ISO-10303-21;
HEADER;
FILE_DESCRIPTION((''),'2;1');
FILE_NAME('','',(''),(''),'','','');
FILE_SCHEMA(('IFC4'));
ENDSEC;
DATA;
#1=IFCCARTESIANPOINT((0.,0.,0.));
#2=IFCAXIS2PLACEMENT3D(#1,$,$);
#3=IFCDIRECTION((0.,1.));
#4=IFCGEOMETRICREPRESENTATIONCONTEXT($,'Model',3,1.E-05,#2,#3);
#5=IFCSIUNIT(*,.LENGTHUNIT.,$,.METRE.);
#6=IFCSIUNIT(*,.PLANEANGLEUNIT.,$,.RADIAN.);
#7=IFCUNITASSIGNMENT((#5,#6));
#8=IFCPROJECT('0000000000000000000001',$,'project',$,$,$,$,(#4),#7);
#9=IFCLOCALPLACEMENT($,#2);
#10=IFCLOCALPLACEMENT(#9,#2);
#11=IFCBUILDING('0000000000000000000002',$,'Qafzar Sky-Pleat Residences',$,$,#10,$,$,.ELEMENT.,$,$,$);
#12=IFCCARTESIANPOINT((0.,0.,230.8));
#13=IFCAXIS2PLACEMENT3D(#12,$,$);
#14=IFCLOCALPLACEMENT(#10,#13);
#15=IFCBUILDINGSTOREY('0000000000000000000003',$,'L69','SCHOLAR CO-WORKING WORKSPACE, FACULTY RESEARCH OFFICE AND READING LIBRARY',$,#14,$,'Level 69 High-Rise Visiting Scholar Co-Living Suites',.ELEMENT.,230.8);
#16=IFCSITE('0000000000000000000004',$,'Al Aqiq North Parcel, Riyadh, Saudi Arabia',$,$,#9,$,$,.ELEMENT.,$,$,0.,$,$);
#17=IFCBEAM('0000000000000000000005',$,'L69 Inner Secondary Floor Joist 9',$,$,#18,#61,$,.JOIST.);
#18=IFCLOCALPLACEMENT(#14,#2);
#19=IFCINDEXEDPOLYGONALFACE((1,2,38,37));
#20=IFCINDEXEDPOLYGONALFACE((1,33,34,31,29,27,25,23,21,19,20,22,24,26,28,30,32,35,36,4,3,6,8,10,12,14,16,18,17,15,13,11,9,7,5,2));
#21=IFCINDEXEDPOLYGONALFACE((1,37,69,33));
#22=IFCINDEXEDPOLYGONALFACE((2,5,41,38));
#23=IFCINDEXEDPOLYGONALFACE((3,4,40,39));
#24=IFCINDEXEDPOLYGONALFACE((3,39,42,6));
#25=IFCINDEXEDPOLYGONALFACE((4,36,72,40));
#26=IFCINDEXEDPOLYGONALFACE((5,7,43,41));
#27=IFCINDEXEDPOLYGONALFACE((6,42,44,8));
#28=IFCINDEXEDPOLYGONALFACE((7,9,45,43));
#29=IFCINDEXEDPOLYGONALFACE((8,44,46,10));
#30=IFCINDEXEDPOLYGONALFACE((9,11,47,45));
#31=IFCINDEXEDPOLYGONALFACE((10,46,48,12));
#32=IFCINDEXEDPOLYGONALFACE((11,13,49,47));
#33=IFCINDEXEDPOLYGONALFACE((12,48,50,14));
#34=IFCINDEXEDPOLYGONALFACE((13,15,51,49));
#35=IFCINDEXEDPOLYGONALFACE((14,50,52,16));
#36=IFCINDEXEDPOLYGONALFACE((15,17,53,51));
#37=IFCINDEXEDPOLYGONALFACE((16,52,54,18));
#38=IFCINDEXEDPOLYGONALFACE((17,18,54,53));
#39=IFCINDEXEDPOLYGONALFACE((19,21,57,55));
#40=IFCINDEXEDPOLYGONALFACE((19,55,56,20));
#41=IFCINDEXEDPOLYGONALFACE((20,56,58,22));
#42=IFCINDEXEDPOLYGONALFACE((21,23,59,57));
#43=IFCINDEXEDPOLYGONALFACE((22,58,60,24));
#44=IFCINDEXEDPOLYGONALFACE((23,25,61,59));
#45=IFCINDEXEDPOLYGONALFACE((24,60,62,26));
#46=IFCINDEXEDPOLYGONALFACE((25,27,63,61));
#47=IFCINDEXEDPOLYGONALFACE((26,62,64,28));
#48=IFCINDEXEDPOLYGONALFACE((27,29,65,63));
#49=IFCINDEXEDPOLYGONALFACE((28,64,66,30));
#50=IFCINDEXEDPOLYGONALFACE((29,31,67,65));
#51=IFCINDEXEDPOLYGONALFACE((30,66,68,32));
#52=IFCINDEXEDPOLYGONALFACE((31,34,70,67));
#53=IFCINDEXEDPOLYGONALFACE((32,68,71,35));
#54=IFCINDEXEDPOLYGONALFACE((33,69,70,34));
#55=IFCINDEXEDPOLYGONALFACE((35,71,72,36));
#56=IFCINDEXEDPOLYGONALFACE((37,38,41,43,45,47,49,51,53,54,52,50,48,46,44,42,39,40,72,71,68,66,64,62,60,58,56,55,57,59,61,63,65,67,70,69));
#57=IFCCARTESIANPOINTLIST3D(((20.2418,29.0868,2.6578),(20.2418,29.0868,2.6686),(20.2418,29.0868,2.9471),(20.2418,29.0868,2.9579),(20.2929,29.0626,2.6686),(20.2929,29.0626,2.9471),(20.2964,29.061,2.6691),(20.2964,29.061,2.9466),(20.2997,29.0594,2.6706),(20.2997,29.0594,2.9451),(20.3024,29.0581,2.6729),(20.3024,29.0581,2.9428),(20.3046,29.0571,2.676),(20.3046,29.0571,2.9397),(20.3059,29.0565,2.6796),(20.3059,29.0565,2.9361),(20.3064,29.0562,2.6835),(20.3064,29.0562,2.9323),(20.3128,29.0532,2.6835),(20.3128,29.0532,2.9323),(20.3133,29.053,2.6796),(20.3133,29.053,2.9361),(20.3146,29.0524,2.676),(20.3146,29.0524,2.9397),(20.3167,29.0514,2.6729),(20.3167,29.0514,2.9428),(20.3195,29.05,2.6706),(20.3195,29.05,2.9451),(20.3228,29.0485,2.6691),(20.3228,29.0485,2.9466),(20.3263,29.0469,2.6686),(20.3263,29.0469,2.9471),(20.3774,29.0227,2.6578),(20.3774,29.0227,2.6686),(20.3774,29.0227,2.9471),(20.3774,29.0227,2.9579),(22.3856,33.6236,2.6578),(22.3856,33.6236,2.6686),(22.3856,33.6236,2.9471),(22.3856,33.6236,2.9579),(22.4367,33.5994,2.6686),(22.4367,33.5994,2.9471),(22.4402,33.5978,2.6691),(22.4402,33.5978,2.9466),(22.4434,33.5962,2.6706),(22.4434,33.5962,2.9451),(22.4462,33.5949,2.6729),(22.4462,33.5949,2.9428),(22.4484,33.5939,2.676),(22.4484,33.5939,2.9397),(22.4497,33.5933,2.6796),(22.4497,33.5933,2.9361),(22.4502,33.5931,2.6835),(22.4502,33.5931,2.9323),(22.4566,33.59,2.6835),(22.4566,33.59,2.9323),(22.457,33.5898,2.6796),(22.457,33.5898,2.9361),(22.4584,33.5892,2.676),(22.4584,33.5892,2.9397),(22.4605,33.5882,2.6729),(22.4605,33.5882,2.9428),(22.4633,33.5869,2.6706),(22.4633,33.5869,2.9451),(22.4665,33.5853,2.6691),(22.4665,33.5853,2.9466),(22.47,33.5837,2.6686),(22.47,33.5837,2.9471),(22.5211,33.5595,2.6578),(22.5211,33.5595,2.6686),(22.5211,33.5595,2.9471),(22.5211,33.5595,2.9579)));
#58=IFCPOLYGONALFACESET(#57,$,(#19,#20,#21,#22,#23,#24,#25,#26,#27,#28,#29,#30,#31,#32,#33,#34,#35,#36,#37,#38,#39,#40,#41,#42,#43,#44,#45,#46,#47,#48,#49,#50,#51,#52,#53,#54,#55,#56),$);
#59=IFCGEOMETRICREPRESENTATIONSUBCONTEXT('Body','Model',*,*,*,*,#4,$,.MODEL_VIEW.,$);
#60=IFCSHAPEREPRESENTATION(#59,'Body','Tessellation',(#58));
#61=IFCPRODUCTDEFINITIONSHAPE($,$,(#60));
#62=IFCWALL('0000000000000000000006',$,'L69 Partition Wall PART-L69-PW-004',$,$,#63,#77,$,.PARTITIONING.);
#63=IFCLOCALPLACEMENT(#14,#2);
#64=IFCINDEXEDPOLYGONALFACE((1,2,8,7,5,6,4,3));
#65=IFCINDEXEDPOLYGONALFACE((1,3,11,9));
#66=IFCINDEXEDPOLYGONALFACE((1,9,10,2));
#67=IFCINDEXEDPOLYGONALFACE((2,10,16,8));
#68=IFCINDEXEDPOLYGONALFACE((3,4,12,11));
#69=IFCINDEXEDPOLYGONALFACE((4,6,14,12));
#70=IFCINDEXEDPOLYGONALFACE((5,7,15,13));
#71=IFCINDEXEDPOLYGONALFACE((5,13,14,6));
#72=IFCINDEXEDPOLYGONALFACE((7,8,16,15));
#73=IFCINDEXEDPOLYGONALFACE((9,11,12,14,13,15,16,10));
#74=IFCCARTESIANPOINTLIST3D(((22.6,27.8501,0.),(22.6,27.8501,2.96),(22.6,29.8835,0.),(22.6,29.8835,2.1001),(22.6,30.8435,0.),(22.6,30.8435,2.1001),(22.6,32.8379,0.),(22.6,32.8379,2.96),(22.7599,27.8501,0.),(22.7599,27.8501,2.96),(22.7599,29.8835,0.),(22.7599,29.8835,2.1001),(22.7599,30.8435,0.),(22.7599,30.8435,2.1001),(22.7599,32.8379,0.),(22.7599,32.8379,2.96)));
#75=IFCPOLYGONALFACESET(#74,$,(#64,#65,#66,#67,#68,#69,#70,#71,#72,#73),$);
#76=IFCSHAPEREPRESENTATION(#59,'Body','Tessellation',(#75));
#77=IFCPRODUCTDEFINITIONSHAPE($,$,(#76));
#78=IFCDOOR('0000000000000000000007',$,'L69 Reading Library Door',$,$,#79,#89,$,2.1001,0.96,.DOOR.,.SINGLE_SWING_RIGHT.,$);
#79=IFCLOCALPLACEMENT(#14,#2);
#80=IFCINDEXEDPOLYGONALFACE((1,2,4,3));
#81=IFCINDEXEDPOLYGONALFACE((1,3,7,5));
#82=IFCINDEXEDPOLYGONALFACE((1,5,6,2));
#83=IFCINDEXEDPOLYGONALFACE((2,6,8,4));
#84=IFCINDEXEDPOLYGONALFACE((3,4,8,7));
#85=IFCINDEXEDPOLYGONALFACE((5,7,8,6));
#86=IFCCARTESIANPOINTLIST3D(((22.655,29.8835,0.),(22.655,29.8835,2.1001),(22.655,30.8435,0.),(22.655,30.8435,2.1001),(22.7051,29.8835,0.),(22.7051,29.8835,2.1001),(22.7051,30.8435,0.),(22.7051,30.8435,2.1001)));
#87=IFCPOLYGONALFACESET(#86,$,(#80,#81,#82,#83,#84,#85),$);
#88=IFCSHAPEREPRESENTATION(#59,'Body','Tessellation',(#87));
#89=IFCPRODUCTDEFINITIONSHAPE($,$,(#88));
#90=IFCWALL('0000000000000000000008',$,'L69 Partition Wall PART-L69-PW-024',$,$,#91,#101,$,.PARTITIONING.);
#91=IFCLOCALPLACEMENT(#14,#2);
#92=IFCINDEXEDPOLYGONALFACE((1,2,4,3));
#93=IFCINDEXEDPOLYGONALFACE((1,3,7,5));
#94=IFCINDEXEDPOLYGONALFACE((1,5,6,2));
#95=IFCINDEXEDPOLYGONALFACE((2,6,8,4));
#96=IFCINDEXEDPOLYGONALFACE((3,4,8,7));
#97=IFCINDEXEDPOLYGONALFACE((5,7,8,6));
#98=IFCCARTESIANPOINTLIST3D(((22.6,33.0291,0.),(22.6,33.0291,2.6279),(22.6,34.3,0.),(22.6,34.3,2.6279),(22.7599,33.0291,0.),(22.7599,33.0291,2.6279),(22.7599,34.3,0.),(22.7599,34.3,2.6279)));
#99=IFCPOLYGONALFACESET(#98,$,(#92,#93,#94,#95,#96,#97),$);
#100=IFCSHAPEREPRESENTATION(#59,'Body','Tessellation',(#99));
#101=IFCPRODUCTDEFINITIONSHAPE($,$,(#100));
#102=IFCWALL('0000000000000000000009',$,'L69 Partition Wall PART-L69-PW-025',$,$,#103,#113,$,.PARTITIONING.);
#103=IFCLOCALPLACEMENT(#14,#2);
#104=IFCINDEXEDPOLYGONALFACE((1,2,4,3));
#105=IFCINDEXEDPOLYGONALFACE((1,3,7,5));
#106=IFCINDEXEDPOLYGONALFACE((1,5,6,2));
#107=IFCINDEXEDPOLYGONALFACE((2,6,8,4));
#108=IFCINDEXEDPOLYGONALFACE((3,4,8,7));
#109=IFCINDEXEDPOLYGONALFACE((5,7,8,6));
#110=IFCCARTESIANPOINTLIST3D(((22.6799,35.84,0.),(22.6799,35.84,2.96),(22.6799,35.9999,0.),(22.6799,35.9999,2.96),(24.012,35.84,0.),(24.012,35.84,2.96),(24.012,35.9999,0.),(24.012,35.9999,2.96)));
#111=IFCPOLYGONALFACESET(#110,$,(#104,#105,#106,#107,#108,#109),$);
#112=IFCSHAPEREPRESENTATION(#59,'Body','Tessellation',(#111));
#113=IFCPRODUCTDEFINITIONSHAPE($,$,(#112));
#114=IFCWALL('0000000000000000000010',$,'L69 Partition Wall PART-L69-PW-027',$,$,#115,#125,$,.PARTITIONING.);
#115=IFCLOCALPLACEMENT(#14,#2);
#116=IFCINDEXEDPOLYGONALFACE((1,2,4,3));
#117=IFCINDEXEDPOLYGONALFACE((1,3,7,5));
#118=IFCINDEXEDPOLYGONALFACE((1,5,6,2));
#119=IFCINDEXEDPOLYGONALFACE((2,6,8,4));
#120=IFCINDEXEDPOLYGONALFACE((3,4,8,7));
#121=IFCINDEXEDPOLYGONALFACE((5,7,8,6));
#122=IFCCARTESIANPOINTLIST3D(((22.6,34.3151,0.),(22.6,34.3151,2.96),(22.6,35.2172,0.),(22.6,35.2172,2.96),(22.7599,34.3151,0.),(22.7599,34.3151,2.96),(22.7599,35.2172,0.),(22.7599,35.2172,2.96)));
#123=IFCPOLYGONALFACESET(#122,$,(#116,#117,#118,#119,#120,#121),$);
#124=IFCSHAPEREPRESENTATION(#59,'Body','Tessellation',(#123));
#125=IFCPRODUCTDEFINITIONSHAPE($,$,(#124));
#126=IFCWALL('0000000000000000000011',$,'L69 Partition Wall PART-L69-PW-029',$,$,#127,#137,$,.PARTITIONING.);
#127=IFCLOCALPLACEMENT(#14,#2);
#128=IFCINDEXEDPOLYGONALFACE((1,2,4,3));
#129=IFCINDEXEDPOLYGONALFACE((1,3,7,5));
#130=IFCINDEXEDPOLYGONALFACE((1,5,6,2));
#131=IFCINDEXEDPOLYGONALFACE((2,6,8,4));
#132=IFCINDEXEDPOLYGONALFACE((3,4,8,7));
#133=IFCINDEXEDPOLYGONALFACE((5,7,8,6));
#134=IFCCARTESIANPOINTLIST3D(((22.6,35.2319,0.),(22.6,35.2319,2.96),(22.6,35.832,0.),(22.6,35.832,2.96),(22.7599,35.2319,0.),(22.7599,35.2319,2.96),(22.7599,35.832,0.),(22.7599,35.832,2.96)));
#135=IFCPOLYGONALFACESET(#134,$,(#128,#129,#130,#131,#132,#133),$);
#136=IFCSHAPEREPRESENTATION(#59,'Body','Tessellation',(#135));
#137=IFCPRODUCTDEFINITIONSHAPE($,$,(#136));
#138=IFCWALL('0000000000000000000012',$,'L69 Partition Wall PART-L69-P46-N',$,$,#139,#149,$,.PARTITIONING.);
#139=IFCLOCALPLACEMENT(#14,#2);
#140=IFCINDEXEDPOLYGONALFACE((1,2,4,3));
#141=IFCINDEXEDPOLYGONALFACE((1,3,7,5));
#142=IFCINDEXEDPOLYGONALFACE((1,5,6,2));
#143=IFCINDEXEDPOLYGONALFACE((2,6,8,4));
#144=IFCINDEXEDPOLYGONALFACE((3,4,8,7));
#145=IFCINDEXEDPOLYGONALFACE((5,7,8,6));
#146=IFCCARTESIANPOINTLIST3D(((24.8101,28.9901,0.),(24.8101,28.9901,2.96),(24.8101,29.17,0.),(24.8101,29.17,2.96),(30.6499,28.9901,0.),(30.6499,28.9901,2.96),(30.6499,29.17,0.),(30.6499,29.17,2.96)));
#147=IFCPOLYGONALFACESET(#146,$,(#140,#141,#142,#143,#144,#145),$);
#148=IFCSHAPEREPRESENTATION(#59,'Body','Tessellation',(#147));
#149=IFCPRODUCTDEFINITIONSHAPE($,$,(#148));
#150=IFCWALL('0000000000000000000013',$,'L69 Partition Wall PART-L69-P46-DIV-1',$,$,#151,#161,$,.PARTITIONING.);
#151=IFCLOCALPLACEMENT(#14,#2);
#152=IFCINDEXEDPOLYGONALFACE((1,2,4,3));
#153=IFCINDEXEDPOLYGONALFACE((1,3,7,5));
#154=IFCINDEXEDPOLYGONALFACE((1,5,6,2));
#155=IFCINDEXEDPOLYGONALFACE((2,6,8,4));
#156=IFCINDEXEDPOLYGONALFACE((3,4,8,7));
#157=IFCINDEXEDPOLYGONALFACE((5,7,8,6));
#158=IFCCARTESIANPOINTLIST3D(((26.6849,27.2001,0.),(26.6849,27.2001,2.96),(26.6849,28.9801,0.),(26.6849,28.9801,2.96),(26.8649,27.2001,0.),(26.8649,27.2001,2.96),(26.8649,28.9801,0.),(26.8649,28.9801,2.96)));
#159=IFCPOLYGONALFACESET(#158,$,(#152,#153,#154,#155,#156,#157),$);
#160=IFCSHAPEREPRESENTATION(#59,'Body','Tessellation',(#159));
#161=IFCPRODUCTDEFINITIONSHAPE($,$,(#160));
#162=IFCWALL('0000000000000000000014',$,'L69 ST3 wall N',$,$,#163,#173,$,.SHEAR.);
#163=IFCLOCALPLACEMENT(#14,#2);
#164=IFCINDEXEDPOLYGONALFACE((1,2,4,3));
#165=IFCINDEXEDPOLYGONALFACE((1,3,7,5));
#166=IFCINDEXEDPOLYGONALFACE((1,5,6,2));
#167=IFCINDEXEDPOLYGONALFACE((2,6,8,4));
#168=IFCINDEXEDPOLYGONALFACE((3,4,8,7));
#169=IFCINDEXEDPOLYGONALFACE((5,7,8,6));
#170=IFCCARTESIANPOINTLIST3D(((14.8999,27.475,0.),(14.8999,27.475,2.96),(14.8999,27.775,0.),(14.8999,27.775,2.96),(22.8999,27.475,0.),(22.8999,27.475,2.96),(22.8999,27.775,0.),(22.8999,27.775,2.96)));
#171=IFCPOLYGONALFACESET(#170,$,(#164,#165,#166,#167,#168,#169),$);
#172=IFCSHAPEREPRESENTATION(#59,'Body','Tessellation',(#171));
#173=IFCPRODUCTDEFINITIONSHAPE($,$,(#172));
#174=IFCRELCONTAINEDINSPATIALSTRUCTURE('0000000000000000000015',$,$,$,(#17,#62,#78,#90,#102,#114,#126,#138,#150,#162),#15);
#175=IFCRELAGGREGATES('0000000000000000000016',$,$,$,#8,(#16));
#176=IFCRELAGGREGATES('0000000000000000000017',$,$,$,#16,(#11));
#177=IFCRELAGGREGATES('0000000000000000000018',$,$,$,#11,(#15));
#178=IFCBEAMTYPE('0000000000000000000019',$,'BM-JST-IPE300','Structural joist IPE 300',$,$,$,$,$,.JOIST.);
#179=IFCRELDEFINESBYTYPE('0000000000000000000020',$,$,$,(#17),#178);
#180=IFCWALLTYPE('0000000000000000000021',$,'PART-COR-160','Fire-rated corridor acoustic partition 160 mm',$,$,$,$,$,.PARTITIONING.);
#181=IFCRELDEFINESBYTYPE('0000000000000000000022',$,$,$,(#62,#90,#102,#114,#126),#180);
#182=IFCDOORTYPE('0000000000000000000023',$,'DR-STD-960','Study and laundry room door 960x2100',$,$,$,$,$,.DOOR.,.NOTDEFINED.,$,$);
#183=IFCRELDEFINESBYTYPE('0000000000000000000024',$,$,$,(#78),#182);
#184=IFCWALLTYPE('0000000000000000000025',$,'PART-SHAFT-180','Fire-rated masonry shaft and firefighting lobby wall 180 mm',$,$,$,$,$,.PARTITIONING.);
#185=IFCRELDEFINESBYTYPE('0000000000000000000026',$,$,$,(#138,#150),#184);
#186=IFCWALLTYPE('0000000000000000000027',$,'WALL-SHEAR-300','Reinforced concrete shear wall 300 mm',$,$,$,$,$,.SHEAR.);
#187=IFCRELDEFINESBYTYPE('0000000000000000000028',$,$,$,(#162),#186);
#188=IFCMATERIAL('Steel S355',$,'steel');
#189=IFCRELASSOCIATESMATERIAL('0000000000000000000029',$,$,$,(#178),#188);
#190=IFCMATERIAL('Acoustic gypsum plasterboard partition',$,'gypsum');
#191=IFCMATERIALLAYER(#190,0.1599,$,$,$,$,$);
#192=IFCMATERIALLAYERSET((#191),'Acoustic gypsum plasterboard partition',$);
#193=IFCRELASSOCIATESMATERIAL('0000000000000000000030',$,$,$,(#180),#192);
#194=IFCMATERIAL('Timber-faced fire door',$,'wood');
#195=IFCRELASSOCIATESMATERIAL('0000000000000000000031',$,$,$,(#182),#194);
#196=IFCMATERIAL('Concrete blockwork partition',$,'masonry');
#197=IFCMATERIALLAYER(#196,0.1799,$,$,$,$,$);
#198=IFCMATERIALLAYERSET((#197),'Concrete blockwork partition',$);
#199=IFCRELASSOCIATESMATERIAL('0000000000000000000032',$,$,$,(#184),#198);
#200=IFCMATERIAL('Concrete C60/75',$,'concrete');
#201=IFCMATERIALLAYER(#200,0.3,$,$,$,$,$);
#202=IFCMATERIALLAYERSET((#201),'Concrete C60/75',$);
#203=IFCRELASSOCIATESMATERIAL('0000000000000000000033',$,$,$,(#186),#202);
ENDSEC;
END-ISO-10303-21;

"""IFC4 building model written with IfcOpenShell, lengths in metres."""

from ifc_helpers import new_model, si_unit, direction, frame, frame_2d, origin, origin_2d, place, context, subcontext, project, spatial, rectangle, i_section, extrude, source, transform, mapped, material, layer, layer_set, material_profile, profile_set, type_object, element, fill, save


model = new_model("IFC4")

# Units and contexts
model_context = context("Model", 3, precision=1e-05, world=origin(), true_north=direction((0.0, 1.0)))
body_context = subcontext(model_context, "Body", "Model", "MODEL_VIEW")
ifc_project = project(units=[si_unit("LENGTHUNIT", "METRE"), si_unit("PLANEANGLEUNIT", "RADIAN")], contexts=[model_context])

# Site, building, storey
site_placement = place(None, origin())
site = spatial("IfcSite", under=ifc_project, at=site_placement, Name="Al Aqiq North Parcel, Riyadh, Saudi Arabia", CompositionType="ELEMENT", RefElevation=0.0)
building_placement = place(site_placement, origin())
building = spatial("IfcBuilding", under=site, at=building_placement, Name="Qafzar Sky-Pleat Residences", CompositionType="ELEMENT")
storey_placement = place(building_placement, frame((0.0, 0.0, 230.8)))
storey = spatial("IfcBuildingStorey", under=building, at=storey_placement, Name="L69", Description="SCHOLAR CO-WORKING WORKSPACE, FACULTY RESEARCH OFFICE AND READING LIBRARY", LongName="Level 69 High-Rise Visiting Scholar Co-Living Suites", CompositionType="ELEMENT", Elevation=230.8)

# Beam
ifc_material_1 = material(Name="Steel S355", Category="steel")
ifc_material_profile = material_profile(ifc_material_1, i_section(OverallWidth=0.1499, OverallDepth=0.3, WebThickness=0.0071, FlangeThickness=0.0107, FilletRadius=0.0149, at=origin_2d()), Name="IPE 300")
ifc_profile_set = profile_set([ifc_material_profile], Name="Steel S355")
beam_type = type_object("IfcBeamType", Name="BM-JST-IPE300", Description="Structural joist IPE 300", PredefinedType="JOIST", material=ifc_profile_set)
shared_shape_1 = source(origin(), body_context, "Body", "SweptSolid", [
    extrude(i_section(OverallWidth=0.1499, OverallDepth=0.3, WebThickness=0.0071, FlangeThickness=0.0107, FilletRadius=0.0149, at=origin_2d()), origin(), (0.0, 0.0, 1.0), 5.0178),
])
beam_placement = place(storey_placement, frame((22.4534, 33.5916, 2.8079), z_axis=(-0.427233, -0.904142, 0.0), x_axis=(0.904142, -0.427233, 0.0)))
element("IfcBeam", 1, at=beam_placement, inside=storey, type_object=beam_type, Name="L69 Inner Secondary Floor Joist 9", PredefinedType="JOIST", context=body_context, shape_type="MappedRepresentation", body=[
    mapped(shared_shape_1, transform((0.0, 0.0, 0.0), x_axis=(1.0, 0.0, 0.0), y_axis=(0.0, 1.0, 0.0), z_axis=(0.0, 0.0, 1.0), scale=1.0)),
])

# Wall, opening, door
ifc_material_2 = material(Name="Acoustic gypsum plasterboard partition", Category="gypsum")
ifc_layer_1 = layer(ifc_material_2, 0.1599)
ifc_layer_set_1 = layer_set([ifc_layer_1], Name="Acoustic gypsum plasterboard partition")
wall_type_1 = type_object("IfcWallType", Name="PART-COR-160", Description="Fire-rated corridor acoustic partition 160 mm", PredefinedType="PARTITIONING", material=ifc_layer_set_1)
wall_1_placement = place(storey_placement, frame((22.6799, 27.8501, 0.0), z_axis=(0.0, 0.0, 1.0), x_axis=(0.0, 1.0, 0.0)))
wall_1 = element("IfcWall", 2, at=wall_1_placement, inside=storey, type_object=wall_type_1, Name="L69 Partition Wall PART-L69-PW-004", PredefinedType="PARTITIONING", context=body_context, shape_type="SweptSolid", body=[
    extrude(rectangle(XDim=4.9878, YDim=0.1599, at=frame_2d((2.4939, 0.0))), origin(), (0.0, 0.0, 1.0), 2.96),
])
opening_1_placement = place(wall_1_placement, frame((2.0334, 0.0, 0.0)))
opening_1 = element("IfcOpeningElement", 3, at=opening_1_placement, cuts=wall_1, PredefinedType="OPENING", context=body_context, shape_type="SweptSolid", body=[
    extrude(rectangle(XDim=0.96, YDim=2.1001, at=frame_2d((0.48, 1.05))), frame((0.0, 0.0898, 0.0), z_axis=(0.0, -1.0, 0.0), x_axis=(1.0, 0.0, 0.0)), (0.0, 0.0, 1.0), 0.1799),
])
ifc_material_3 = material(Name="Timber-faced fire door", Category="wood")
door_type_1 = type_object("IfcDoorType", Name="DR-STD-960", Description="Study and laundry room door 960x2100", OperationType="NOTDEFINED", PredefinedType="DOOR", material=ifc_material_3)
shared_shape_2 = source(origin(), body_context, "Body", "SweptSolid", [
    extrude(rectangle(XDim=0.96, YDim=2.1001, at=frame_2d((0.48, 1.05))), frame((0.0, 0.0249, 0.0), z_axis=(0.0, -1.0, 0.0), x_axis=(1.0, 0.0, 0.0)), (0.0, 0.0, 1.0), 0.05),
])
door_1_placement = place(opening_1_placement, origin())
door_1 = element("IfcDoor", 4, at=door_1_placement, inside=storey, type_object=door_type_1, Name="L69 Reading Library Door", OperationType="SINGLE_SWING_RIGHT", OverallHeight=2.1001, OverallWidth=0.96, PredefinedType="DOOR", context=body_context, shape_type="MappedRepresentation", body=[
    mapped(shared_shape_2, transform((0.0, 0.0, 0.0), x_axis=(1.0, 0.0, 0.0), y_axis=(0.0, 1.0, 0.0), z_axis=(0.0, 0.0, 1.0), scale=1.0)),
])
fill(opening_1, door_1)

# Walls
wall_2_placement = place(storey_placement, frame((22.6799, 33.0291, 0.0), z_axis=(0.0, 0.0, 1.0), x_axis=(0.0, 1.0, 0.0)))
element("IfcWall", 5, at=wall_2_placement, inside=storey, type_object=wall_type_1, Name="L69 Partition Wall PART-L69-PW-024", PredefinedType="PARTITIONING", context=body_context, shape_type="SweptSolid", body=[
    extrude(rectangle(XDim=1.271, YDim=0.1599, at=frame_2d((0.6355, 0.0))), origin(), (0.0, 0.0, 1.0), 2.6279),
])
wall_3_placement = place(storey_placement, frame((22.6799, 35.9199, 0.0), z_axis=(0.0, 0.0, 1.0), x_axis=(1.0, 0.0, 0.0)))
element("IfcWall", 6, at=wall_3_placement, inside=storey, type_object=wall_type_1, Name="L69 Partition Wall PART-L69-PW-025", PredefinedType="PARTITIONING", context=body_context, shape_type="SweptSolid", body=[
    extrude(rectangle(XDim=1.332, YDim=0.1599, at=frame_2d((0.666, 0.0))), origin(), (0.0, 0.0, 1.0), 2.96),
])
wall_4_placement = place(storey_placement, frame((22.6799, 34.3149, 0.0), z_axis=(0.0, 0.0, 1.0), x_axis=(0.0, 1.0, 0.0)))
element("IfcWall", 7, at=wall_4_placement, inside=storey, type_object=wall_type_1, Name="L69 Partition Wall PART-L69-PW-027", PredefinedType="PARTITIONING", context=body_context, shape_type="SweptSolid", body=[
    extrude(rectangle(XDim=0.9021, YDim=0.1599, at=frame_2d((0.4512, 0.0))), origin(), (0.0, 0.0, 1.0), 2.96),
])
wall_5_placement = place(storey_placement, frame((22.6799, 35.2319, 0.0), z_axis=(0.0, 0.0, 1.0), x_axis=(0.0, 1.0, 0.0)))
element("IfcWall", 8, at=wall_5_placement, inside=storey, type_object=wall_type_1, Name="L69 Partition Wall PART-L69-PW-029", PredefinedType="PARTITIONING", context=body_context, shape_type="SweptSolid", body=[
    extrude(rectangle(XDim=0.6001, YDim=0.1599, at=frame_2d((0.3, 0.0))), origin(), (0.0, 0.0, 1.0), 2.96),
])
ifc_material_4 = material(Name="Concrete blockwork partition", Category="masonry")
ifc_layer_2 = layer(ifc_material_4, 0.1799)
ifc_layer_set_2 = layer_set([ifc_layer_2], Name="Concrete blockwork partition")
wall_type_2 = type_object("IfcWallType", Name="PART-SHAFT-180", Description="Fire-rated masonry shaft and firefighting lobby wall 180 mm", PredefinedType="PARTITIONING", material=ifc_layer_set_2)
wall_6_placement = place(storey_placement, frame((24.8101, 29.0801, 0.0), z_axis=(0.0, 0.0, 1.0), x_axis=(1.0, 0.0, 0.0)))
element("IfcWall", 9, at=wall_6_placement, inside=storey, type_object=wall_type_2, Name="L69 Partition Wall PART-L69-P46-N", PredefinedType="PARTITIONING", context=body_context, shape_type="SweptSolid", body=[
    extrude(rectangle(XDim=5.8398, YDim=0.1799, at=frame_2d((2.9199, 0.0))), origin(), (0.0, 0.0, 1.0), 2.96),
])

# Wall
wall_7_placement = place(storey_placement, frame((26.7749, 27.2, 0.0), z_axis=(0.0, 0.0, 1.0), x_axis=(0.0, 1.0, 0.0)))
element("IfcWall", 10, at=wall_7_placement, inside=storey, type_object=wall_type_2, Name="L69 Partition Wall PART-L69-P46-DIV-1", PredefinedType="PARTITIONING", context=body_context, shape_type="SweptSolid", body=[
    extrude(rectangle(XDim=1.78, YDim=0.1799, at=frame_2d((0.8901, 0.0))), origin(), (0.0, 0.0, 1.0), 2.96),
])

# Shared definitions
ifc_material_5 = material(Name="Concrete C60/75", Category="concrete")
ifc_layer_3 = layer(ifc_material_5, 0.3)
ifc_layer_set_3 = layer_set([ifc_layer_3], Name="Concrete C60/75")
wall_type_3 = type_object("IfcWallType", Name="WALL-SHEAR-300", Description="Reinforced concrete shear wall 300 mm", PredefinedType="SHEAR", material=ifc_layer_set_3)

# Wall
wall_8_placement = place(storey_placement, frame((22.8999, 27.625, 0.0), z_axis=(0.0, 0.0, 1.0), x_axis=(-1.0, 0.0, 0.0)))
element("IfcWall", 11, at=wall_8_placement, inside=storey, type_object=wall_type_3, Name="L69 ST3 wall N", PredefinedType="SHEAR", context=body_context, shape_type="SweptSolid", body=[
    extrude(rectangle(XDim=8.0, YDim=0.3, at=frame_2d((4.0, 0.0))), origin(), (0.0, 0.0, 1.0), 2.96),
])

save(model, "model.ifc")
